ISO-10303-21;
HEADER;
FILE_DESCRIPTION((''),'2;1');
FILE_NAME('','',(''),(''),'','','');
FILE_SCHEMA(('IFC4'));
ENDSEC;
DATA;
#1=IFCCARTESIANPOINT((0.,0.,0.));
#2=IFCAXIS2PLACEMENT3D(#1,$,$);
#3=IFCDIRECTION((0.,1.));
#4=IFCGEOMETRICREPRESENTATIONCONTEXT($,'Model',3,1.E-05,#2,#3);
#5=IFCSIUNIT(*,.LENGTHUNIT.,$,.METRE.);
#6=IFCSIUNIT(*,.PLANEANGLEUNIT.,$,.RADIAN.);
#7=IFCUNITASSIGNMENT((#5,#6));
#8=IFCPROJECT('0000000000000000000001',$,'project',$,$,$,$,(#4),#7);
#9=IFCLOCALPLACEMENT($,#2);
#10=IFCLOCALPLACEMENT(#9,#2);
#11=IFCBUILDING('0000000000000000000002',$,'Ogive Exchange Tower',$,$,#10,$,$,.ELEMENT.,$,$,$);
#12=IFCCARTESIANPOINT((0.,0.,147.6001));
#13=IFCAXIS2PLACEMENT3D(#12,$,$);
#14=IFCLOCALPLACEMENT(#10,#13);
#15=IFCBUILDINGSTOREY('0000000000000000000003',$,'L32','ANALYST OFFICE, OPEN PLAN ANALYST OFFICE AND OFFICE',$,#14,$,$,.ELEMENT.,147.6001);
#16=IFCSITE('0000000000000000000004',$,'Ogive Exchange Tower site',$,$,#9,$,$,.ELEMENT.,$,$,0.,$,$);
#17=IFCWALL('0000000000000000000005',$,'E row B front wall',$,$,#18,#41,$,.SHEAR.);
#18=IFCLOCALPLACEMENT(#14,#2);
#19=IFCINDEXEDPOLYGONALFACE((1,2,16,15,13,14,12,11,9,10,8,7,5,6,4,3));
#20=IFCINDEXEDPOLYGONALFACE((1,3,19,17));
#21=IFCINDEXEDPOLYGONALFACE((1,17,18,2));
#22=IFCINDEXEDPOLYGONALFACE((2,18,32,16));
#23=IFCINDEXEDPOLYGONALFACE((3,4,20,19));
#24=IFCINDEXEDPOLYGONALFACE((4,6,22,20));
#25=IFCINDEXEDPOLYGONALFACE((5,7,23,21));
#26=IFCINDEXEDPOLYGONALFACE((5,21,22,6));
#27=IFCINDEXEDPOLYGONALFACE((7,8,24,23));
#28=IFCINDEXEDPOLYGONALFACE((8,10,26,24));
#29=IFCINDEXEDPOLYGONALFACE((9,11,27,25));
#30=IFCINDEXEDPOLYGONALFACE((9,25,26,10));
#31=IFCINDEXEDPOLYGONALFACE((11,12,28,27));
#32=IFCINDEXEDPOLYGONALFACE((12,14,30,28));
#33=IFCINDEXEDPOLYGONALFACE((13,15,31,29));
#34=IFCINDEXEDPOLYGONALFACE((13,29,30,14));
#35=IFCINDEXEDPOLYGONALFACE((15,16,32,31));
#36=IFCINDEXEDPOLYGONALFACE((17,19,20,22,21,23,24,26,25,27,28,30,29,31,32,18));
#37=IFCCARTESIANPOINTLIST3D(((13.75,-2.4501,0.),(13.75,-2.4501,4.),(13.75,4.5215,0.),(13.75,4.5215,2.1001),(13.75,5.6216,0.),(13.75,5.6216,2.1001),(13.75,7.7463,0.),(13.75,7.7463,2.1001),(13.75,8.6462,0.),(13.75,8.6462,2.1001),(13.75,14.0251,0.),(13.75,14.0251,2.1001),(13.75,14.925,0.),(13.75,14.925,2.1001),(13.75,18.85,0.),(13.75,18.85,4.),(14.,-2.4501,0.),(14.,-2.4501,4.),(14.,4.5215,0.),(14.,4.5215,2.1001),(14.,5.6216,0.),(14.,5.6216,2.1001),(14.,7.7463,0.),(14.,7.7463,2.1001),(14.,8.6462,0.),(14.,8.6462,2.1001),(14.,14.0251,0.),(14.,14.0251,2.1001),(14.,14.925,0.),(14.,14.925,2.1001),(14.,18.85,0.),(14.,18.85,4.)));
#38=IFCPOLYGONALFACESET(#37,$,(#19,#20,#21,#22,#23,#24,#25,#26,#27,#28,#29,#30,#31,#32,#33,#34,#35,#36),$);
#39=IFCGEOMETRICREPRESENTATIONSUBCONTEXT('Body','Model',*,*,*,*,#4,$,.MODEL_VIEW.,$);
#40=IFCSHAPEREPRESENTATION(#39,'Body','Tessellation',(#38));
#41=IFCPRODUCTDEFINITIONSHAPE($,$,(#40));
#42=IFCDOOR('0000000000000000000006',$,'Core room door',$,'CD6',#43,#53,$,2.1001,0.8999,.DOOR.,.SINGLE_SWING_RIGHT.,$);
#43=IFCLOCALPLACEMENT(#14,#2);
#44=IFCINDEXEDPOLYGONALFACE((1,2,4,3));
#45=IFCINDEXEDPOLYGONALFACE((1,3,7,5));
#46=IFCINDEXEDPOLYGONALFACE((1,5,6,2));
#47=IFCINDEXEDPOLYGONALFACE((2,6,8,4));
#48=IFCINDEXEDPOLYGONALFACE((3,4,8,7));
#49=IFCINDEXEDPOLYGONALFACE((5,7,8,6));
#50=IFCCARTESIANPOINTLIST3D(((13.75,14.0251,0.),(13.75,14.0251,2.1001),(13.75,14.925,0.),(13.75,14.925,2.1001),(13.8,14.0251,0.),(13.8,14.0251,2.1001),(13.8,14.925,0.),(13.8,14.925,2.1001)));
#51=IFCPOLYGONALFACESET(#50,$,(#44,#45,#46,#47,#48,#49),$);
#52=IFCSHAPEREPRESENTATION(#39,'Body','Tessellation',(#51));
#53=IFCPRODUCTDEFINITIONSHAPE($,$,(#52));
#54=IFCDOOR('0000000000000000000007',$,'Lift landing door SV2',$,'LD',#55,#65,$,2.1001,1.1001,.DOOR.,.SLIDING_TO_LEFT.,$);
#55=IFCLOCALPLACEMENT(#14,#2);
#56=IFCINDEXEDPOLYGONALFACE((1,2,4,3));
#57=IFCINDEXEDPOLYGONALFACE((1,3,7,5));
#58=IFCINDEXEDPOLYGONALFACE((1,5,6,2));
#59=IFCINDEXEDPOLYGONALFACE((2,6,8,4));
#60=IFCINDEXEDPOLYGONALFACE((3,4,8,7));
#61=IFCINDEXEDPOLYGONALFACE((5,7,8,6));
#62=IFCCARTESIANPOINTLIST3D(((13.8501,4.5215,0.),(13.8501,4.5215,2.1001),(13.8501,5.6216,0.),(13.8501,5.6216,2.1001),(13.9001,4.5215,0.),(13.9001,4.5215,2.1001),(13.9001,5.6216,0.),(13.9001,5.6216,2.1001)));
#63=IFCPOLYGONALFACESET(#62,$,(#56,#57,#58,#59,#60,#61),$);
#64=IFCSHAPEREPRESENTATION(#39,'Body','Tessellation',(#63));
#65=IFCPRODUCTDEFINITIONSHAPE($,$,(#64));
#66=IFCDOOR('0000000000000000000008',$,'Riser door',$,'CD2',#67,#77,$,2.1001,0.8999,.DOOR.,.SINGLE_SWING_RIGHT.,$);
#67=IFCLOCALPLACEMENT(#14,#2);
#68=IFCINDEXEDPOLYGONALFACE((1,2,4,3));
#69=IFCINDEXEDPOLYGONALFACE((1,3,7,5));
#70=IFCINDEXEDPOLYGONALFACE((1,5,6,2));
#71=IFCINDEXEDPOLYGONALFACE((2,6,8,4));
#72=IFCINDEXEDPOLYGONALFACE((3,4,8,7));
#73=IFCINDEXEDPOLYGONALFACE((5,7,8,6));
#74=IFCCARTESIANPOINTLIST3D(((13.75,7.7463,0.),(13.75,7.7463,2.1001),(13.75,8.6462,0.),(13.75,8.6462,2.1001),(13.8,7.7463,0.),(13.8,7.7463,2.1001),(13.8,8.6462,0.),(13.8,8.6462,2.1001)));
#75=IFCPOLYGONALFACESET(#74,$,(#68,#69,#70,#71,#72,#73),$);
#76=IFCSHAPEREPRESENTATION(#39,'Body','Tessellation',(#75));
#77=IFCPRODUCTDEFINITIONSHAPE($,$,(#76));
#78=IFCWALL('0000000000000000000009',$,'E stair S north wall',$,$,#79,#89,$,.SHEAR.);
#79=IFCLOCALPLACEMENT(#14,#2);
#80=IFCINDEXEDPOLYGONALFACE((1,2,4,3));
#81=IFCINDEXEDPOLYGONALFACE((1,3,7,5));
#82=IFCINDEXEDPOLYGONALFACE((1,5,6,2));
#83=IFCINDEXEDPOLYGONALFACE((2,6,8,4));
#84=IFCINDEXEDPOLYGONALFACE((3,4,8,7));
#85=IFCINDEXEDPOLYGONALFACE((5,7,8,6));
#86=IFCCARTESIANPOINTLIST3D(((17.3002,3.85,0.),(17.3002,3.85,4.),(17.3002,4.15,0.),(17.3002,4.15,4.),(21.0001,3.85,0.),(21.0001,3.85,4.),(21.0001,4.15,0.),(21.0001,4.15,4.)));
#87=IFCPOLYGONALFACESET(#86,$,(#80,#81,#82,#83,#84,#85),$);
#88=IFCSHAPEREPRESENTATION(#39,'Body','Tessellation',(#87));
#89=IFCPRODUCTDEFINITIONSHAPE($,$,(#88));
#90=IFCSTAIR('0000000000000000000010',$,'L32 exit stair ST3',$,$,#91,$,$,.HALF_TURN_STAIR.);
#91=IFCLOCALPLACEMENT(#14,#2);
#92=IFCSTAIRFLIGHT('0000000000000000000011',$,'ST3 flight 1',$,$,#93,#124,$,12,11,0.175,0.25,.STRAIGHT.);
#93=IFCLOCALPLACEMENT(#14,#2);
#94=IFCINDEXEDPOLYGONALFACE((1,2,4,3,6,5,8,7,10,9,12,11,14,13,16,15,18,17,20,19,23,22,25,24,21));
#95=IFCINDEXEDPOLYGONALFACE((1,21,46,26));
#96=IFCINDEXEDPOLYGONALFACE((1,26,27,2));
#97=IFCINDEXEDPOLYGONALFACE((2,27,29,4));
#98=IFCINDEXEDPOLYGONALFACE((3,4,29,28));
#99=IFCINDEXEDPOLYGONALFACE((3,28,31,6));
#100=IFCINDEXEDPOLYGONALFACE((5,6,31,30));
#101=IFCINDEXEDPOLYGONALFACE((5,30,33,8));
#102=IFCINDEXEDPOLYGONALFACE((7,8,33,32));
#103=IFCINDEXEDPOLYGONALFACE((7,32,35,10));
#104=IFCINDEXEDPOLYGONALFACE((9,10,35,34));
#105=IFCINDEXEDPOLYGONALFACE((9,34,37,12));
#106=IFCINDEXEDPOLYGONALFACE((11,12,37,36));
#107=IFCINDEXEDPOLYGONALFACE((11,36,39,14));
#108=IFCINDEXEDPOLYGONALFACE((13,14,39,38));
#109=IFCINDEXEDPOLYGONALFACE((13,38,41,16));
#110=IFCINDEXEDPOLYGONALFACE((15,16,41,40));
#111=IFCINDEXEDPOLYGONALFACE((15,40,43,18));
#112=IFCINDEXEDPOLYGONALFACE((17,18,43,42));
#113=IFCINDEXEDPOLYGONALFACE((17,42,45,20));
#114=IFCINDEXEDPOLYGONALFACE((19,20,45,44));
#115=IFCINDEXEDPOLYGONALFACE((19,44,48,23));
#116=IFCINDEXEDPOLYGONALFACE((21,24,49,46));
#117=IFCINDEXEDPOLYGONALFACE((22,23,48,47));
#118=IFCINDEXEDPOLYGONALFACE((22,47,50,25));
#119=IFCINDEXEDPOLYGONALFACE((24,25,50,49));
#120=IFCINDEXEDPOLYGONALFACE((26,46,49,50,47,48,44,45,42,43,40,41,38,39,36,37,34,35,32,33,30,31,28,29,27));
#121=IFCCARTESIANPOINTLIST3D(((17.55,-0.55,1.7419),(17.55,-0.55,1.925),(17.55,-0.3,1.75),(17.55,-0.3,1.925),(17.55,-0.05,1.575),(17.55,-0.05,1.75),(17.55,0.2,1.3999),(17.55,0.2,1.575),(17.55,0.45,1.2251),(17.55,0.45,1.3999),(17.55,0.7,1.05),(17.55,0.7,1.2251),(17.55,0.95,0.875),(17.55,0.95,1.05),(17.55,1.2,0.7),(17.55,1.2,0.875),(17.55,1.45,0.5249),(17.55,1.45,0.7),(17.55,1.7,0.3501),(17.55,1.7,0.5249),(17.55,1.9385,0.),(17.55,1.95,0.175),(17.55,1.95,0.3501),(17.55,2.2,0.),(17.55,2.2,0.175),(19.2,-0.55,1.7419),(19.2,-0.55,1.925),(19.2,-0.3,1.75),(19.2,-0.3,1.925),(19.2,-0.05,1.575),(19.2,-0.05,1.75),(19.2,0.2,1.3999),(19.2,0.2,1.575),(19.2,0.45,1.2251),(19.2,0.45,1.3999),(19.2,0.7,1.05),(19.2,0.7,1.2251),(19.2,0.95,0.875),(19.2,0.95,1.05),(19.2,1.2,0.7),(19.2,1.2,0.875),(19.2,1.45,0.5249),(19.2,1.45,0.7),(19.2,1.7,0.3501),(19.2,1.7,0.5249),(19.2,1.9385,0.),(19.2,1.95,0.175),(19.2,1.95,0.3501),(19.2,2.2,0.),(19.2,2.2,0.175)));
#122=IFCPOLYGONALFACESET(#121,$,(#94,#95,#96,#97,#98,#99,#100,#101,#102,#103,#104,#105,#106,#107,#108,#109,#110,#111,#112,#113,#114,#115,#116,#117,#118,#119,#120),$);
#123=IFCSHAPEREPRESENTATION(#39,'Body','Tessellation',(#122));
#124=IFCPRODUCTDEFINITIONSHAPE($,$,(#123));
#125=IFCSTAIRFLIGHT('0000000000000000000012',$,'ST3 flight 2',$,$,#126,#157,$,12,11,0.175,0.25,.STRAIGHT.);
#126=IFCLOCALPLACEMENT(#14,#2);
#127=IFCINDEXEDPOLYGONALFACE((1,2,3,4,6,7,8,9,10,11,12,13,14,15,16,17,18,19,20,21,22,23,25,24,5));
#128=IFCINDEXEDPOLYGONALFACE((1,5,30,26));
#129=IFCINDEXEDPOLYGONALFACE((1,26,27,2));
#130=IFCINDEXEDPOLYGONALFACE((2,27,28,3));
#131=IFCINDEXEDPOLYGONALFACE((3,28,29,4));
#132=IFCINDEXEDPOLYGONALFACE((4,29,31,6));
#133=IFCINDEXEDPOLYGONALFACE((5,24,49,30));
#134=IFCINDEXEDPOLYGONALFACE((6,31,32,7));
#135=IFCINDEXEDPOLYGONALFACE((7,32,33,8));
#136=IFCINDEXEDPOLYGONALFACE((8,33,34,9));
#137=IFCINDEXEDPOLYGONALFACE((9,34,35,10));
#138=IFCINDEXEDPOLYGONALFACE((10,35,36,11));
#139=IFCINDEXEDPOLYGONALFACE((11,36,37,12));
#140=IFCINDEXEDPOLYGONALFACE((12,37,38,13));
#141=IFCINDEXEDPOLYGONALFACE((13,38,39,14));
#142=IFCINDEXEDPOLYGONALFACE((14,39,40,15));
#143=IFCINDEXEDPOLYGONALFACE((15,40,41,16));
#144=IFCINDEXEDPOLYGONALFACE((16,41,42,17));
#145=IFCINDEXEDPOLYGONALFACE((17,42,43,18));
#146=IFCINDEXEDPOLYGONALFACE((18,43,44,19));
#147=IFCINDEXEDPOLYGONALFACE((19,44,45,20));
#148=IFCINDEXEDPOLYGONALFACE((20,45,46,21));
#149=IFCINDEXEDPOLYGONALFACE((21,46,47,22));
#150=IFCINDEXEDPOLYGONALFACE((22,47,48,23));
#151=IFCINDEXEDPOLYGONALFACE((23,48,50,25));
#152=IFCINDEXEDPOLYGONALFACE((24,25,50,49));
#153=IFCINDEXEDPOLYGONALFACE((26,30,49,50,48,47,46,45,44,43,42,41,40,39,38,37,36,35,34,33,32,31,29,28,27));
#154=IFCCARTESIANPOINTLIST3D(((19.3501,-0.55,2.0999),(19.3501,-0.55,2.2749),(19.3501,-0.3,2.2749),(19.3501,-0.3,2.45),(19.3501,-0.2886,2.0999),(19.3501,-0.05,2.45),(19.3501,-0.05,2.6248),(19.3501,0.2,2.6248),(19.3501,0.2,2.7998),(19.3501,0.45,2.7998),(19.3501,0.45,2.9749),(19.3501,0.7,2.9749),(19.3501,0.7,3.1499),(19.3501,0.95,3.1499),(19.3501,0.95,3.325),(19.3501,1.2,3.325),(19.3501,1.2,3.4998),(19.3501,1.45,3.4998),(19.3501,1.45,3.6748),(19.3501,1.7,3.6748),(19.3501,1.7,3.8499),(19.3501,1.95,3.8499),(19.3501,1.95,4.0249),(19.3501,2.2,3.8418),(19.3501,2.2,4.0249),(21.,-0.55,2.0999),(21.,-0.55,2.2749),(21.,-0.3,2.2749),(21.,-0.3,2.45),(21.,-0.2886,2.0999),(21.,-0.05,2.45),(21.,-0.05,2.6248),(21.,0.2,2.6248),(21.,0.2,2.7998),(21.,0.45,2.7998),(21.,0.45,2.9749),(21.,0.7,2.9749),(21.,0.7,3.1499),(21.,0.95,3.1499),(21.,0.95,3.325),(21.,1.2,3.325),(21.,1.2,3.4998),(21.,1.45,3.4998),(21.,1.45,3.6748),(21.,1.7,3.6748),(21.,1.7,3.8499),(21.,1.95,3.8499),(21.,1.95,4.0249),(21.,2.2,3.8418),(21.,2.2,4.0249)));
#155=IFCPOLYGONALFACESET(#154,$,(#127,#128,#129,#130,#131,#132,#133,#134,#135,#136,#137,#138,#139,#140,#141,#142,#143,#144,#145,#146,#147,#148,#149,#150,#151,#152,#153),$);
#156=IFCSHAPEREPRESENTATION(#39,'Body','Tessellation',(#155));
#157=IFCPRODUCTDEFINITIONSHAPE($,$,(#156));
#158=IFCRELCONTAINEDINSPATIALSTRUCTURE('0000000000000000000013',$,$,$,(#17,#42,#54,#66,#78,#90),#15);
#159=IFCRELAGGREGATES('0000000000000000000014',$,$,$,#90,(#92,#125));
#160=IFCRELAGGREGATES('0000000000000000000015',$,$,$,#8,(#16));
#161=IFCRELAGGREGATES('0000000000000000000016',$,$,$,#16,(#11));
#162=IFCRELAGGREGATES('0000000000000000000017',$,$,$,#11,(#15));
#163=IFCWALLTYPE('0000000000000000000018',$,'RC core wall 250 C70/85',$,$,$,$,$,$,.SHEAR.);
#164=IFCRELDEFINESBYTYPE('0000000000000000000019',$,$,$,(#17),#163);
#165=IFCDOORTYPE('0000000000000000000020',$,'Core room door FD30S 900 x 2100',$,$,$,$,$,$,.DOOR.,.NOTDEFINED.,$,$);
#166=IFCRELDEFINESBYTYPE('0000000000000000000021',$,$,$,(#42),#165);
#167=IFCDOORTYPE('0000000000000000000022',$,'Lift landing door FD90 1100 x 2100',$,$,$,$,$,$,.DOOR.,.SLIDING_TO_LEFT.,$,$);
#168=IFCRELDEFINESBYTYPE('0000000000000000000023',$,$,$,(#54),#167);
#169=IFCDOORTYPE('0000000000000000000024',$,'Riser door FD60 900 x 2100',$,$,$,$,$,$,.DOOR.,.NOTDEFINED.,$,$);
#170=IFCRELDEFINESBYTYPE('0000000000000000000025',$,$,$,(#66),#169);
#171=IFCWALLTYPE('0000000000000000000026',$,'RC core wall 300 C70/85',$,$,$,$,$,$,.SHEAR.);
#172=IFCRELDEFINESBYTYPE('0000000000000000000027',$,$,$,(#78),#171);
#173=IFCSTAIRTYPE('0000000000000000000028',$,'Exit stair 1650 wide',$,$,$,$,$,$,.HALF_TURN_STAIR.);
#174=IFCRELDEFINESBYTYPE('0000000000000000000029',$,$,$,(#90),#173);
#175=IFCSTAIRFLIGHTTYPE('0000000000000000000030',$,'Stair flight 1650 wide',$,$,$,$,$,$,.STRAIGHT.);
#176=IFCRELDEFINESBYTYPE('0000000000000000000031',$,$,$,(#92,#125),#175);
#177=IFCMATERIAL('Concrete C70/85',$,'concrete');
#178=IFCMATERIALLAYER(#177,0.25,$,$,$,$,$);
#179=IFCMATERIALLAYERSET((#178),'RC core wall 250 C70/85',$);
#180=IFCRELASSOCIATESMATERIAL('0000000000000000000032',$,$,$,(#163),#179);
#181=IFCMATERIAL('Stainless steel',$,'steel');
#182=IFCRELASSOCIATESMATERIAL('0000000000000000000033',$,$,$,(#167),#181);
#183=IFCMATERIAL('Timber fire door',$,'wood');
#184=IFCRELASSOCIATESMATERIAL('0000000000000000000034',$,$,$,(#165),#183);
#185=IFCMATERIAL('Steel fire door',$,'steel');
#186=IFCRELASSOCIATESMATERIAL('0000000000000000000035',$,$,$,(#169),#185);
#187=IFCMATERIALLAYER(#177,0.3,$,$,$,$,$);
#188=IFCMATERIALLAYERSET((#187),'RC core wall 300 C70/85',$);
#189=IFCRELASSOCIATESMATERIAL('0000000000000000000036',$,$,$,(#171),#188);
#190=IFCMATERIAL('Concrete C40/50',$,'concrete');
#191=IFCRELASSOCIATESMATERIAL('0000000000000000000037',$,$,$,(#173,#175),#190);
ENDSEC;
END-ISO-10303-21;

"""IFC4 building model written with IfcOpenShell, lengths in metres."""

from ifc_helpers import new_model, si_unit, direction, frame, frame_2d, origin, place, context, subcontext, project, spatial, polyline, rectangle, outline, extrude, material, layer, layer_set, type_object, element, fill, aggregate, save


model = new_model("IFC4")

# Units and contexts
model_context = context("Model", 3, precision=1e-05, world=origin(), true_north=direction((0.0, 1.0)))
body_context = subcontext(model_context, "Body", "Model", "MODEL_VIEW")
ifc_project = project(units=[si_unit("LENGTHUNIT", "METRE"), si_unit("PLANEANGLEUNIT", "RADIAN")], contexts=[model_context])

# Site, building, storey
site_placement = place(None, origin())
site = spatial("IfcSite", under=ifc_project, at=site_placement, Name="Ogive Exchange Tower site", CompositionType="ELEMENT", RefElevation=0.0)
building_placement = place(site_placement, origin())
building = spatial("IfcBuilding", under=site, at=building_placement, Name="Ogive Exchange Tower", CompositionType="ELEMENT")
storey_placement = place(building_placement, frame((0.0, 0.0, 147.6001)))
storey = spatial("IfcBuildingStorey", under=building, at=storey_placement, Name="L32", Description="ANALYST OFFICE, OPEN PLAN ANALYST OFFICE AND OFFICE", CompositionType="ELEMENT", Elevation=147.6001)

# Shared definitions
ifc_material_1 = material(Name="Concrete C70/85", Category="concrete")
ifc_layer_1 = layer(ifc_material_1, 0.25)
ifc_layer_set_1 = layer_set([ifc_layer_1], Name="RC core wall 250 C70/85")
wall_type_1 = type_object("IfcWallType", Name="RC core wall 250 C70/85", PredefinedType="SHEAR", material=ifc_layer_set_1)
ifc_material_2 = material(Name="Steel fire door", Category="steel")

# Wall, openings, doors
ifc_material_3 = material(Name="Stainless steel", Category="steel")
door_type_1 = type_object("IfcDoorType", Name="Lift landing door FD90 1100 x 2100", OperationType="SLIDING_TO_LEFT", PredefinedType="DOOR", material=ifc_material_3)
wall_1_placement = place(storey_placement, frame((13.875, -2.45, 0.0), z_axis=(0.0, 0.0, 1.0), x_axis=(0.0, 1.0, 0.0)))
wall_1 = element("IfcWall", 1, at=wall_1_placement, inside=storey, type_object=wall_type_1, Name="E row B front wall", PredefinedType="SHEAR", context=body_context, shape_type="SweptSolid", body=[
    extrude(rectangle(XDim=21.3, YDim=0.25, at=frame_2d((10.6499, 0.0))), origin(), (0.0, 0.0, 1.0), 4.0),
])
opening_1_placement = place(wall_1_placement, frame((10.1963, 0.0, 0.0)))
opening_1 = element("IfcOpeningElement", 2, at=opening_1_placement, cuts=wall_1, PredefinedType="OPENING", context=body_context, shape_type="SweptSolid", body=[
    extrude(rectangle(XDim=0.8999, YDim=2.1001, at=frame_2d((0.45, 1.05))), frame((0.0, 0.135, 0.0), z_axis=(0.0, -1.0, 0.0), x_axis=(1.0, 0.0, 0.0)), (0.0, 0.0, 1.0), 0.27),
])
opening_2_placement = place(wall_1_placement, frame((16.4751, 0.0, 0.0)))
opening_2 = element("IfcOpeningElement", 3, at=opening_2_placement, cuts=wall_1, PredefinedType="OPENING", context=body_context, shape_type="SweptSolid", body=[
    extrude(rectangle(XDim=0.8999, YDim=2.1001, at=frame_2d((0.45, 1.05))), frame((0.0, 0.135, 0.0), z_axis=(0.0, -1.0, 0.0), x_axis=(1.0, 0.0, 0.0)), (0.0, 0.0, 1.0), 0.27),
])
opening_3_placement = place(wall_1_placement, frame((6.9714, 0.0, 0.0)))
opening_3 = element("IfcOpeningElement", 4, at=opening_3_placement, cuts=wall_1, PredefinedType="OPENING", context=body_context, shape_type="SweptSolid", body=[
    extrude(rectangle(XDim=1.1001, YDim=2.1001, at=frame_2d((0.55, 1.05))), frame((0.0, 0.135, 0.0), z_axis=(0.0, -1.0, 0.0), x_axis=(1.0, 0.0, 0.0)), (0.0, 0.0, 1.0), 0.27),
])
ifc_material_4 = material(Name="Timber fire door", Category="wood")
door_type_2 = type_object("IfcDoorType", Name="Core room door FD30S 900 x 2100", OperationType="NOTDEFINED", PredefinedType="DOOR", material=ifc_material_4)
door_1_placement = place(opening_2_placement, origin())
door_1 = element("IfcDoor", 5, at=door_1_placement, inside=storey, type_object=door_type_2, Name="Core room door", ObjectType="CD6", OperationType="SINGLE_SWING_RIGHT", OverallHeight=2.1001, OverallWidth=0.8999, PredefinedType="DOOR", context=body_context, shape_type="SweptSolid", body=[
    extrude(rectangle(XDim=0.8999, YDim=2.1001, at=frame_2d((0.45, 1.05))), frame((0.0, 0.125, 0.0), z_axis=(0.0, -1.0, 0.0), x_axis=(1.0, 0.0, 0.0)), (0.0, 0.0, 1.0), 0.05),
])
fill(opening_2, door_1)
door_2_placement = place(opening_3_placement, origin())
door_2 = element("IfcDoor", 6, at=door_2_placement, inside=storey, type_object=door_type_1, Name="Lift landing door SV2", ObjectType="LD", OperationType="SLIDING_TO_LEFT", OverallHeight=2.1001, OverallWidth=1.1001, PredefinedType="DOOR", context=body_context, shape_type="SweptSolid", body=[
    extrude(rectangle(XDim=1.1001, YDim=2.1001, at=frame_2d((0.55, 1.05))), frame((0.0, 0.0249, 0.0), z_axis=(0.0, -1.0, 0.0), x_axis=(1.0, 0.0, 0.0)), (0.0, 0.0, 1.0), 0.05),
])
fill(opening_3, door_2)
door_type_3 = type_object("IfcDoorType", Name="Riser door FD60 900 x 2100", OperationType="NOTDEFINED", PredefinedType="DOOR", material=ifc_material_2)
door_3_placement = place(opening_1_placement, origin())
door_3 = element("IfcDoor", 7, at=door_3_placement, inside=storey, type_object=door_type_3, Name="Riser door", ObjectType="CD2", OperationType="SINGLE_SWING_RIGHT", OverallHeight=2.1001, OverallWidth=0.8999, PredefinedType="DOOR", context=body_context, shape_type="SweptSolid", body=[
    extrude(rectangle(XDim=0.8999, YDim=2.1001, at=frame_2d((0.45, 1.05))), frame((0.0, 0.125, 0.0), z_axis=(0.0, -1.0, 0.0), x_axis=(1.0, 0.0, 0.0)), (0.0, 0.0, 1.0), 0.05),
])
fill(opening_1, door_3)

# Wall
ifc_layer_2 = layer(ifc_material_1, 0.3)
ifc_layer_set_2 = layer_set([ifc_layer_2], Name="RC core wall 300 C70/85")
wall_type_2 = type_object("IfcWallType", Name="RC core wall 300 C70/85", PredefinedType="SHEAR", material=ifc_layer_set_2)
wall_2_placement = place(storey_placement, frame((17.3, 4.0, 0.0), z_axis=(0.0, 0.0, 1.0), x_axis=(1.0, 0.0, 0.0)))
element("IfcWall", 8, at=wall_2_placement, inside=storey, type_object=wall_type_2, Name="E stair S north wall", PredefinedType="SHEAR", context=body_context, shape_type="SweptSolid", body=[
    extrude(rectangle(XDim=3.7, YDim=0.3, at=frame_2d((1.8501, 0.0))), origin(), (0.0, 0.0, 1.0), 4.0),
])

# Stair, stair flights
ifc_material_5 = material(Name="Concrete C40/50", Category="concrete")
stair_type = type_object("IfcStairType", Name="Exit stair 1650 wide", PredefinedType="HALF_TURN_STAIR", material=ifc_material_5)
stair_placement = place(storey_placement, origin())
stair = element("IfcStair", 9, at=stair_placement, inside=storey, type_object=stair_type, Name="L32 exit stair ST3", PredefinedType="HALF_TURN_STAIR")
stair_flight_type = type_object("IfcStairFlightType", Name="Stair flight 1650 wide", PredefinedType="STRAIGHT", material=ifc_material_5)
stair_flight_1_placement = place(storey_placement, frame((18.375, 2.2, 0.0), z_axis=(0.0, 0.0, 1.0), x_axis=(0.0, -1.0, 0.0)))
stair_flight_1 = element("IfcStairFlight", 10, at=stair_flight_1_placement, type_object=stair_flight_type, Name="ST3 flight 1", NumberOfRisers=12, NumberOfTreads=11, PredefinedType="STRAIGHT", RiserHeight=0.175, TreadLength=0.25, context=body_context, shape_type="SweptSolid", body=[
    extrude(outline(polyline([(0.0, 0.0), (0.0, 0.175), (0.25, 0.175), (0.25, 0.3501), (0.5, 0.3501), (0.5, 0.5249), (0.75, 0.5249), (0.75, 0.7), (1.0, 0.7), (1.0, 0.875), (1.25, 0.875), (1.25, 1.05), (1.5, 1.05), (1.5, 1.2251), (1.75, 1.2251), (1.75, 1.3999), (2.0, 1.3999), (2.0, 1.575), (2.25, 1.575), (2.25, 1.75), (2.5, 1.75), (2.5, 1.925), (2.75, 1.925), (2.75, 2.1001), (2.75, 1.7419), (0.2615, 0.0), (0.0, 0.0)])), frame((0.0, 0.825, 0.0), z_axis=(0.0, -1.0, 0.0), x_axis=(1.0, 0.0, 0.0)), (0.0, 0.0, 1.0), 1.6499),
])
stair_flight_2_placement = place(storey_placement, frame((20.175, -0.55, 2.0999), z_axis=(0.0, 0.0, 1.0), x_axis=(0.0, 1.0, 0.0)))
stair_flight_2 = element("IfcStairFlight", 11, at=stair_flight_2_placement, type_object=stair_flight_type, Name="ST3 flight 2", NumberOfRisers=12, NumberOfTreads=11, PredefinedType="STRAIGHT", RiserHeight=0.175, TreadLength=0.25, context=body_context, shape_type="SweptSolid", body=[
    extrude(outline(polyline([(0.0, 0.0), (0.0, 0.175), (0.25, 0.175), (0.25, 0.3501), (0.5, 0.3501), (0.5, 0.5249), (0.75, 0.5249), (0.75, 0.7), (1.0, 0.7), (1.0, 0.875), (1.25, 0.875), (1.25, 1.05), (1.5, 1.05), (1.5, 1.2251), (1.75, 1.2251), (1.75, 1.3999), (2.0, 1.3999), (2.0, 1.575), (2.25, 1.575), (2.25, 1.75), (2.5, 1.75), (2.5, 1.925), (2.75, 1.925), (2.75, 2.1001), (2.75, 1.7419), (0.2615, 0.0), (0.0, 0.0)])), frame((0.0, 0.825, 0.0), z_axis=(0.0, -1.0, 0.0), x_axis=(1.0, 0.0, 0.0)), (0.0, 0.0, 1.0), 1.6499),
])
aggregate(stair, [stair_flight_1, stair_flight_2])

save(model, "model.ifc")
